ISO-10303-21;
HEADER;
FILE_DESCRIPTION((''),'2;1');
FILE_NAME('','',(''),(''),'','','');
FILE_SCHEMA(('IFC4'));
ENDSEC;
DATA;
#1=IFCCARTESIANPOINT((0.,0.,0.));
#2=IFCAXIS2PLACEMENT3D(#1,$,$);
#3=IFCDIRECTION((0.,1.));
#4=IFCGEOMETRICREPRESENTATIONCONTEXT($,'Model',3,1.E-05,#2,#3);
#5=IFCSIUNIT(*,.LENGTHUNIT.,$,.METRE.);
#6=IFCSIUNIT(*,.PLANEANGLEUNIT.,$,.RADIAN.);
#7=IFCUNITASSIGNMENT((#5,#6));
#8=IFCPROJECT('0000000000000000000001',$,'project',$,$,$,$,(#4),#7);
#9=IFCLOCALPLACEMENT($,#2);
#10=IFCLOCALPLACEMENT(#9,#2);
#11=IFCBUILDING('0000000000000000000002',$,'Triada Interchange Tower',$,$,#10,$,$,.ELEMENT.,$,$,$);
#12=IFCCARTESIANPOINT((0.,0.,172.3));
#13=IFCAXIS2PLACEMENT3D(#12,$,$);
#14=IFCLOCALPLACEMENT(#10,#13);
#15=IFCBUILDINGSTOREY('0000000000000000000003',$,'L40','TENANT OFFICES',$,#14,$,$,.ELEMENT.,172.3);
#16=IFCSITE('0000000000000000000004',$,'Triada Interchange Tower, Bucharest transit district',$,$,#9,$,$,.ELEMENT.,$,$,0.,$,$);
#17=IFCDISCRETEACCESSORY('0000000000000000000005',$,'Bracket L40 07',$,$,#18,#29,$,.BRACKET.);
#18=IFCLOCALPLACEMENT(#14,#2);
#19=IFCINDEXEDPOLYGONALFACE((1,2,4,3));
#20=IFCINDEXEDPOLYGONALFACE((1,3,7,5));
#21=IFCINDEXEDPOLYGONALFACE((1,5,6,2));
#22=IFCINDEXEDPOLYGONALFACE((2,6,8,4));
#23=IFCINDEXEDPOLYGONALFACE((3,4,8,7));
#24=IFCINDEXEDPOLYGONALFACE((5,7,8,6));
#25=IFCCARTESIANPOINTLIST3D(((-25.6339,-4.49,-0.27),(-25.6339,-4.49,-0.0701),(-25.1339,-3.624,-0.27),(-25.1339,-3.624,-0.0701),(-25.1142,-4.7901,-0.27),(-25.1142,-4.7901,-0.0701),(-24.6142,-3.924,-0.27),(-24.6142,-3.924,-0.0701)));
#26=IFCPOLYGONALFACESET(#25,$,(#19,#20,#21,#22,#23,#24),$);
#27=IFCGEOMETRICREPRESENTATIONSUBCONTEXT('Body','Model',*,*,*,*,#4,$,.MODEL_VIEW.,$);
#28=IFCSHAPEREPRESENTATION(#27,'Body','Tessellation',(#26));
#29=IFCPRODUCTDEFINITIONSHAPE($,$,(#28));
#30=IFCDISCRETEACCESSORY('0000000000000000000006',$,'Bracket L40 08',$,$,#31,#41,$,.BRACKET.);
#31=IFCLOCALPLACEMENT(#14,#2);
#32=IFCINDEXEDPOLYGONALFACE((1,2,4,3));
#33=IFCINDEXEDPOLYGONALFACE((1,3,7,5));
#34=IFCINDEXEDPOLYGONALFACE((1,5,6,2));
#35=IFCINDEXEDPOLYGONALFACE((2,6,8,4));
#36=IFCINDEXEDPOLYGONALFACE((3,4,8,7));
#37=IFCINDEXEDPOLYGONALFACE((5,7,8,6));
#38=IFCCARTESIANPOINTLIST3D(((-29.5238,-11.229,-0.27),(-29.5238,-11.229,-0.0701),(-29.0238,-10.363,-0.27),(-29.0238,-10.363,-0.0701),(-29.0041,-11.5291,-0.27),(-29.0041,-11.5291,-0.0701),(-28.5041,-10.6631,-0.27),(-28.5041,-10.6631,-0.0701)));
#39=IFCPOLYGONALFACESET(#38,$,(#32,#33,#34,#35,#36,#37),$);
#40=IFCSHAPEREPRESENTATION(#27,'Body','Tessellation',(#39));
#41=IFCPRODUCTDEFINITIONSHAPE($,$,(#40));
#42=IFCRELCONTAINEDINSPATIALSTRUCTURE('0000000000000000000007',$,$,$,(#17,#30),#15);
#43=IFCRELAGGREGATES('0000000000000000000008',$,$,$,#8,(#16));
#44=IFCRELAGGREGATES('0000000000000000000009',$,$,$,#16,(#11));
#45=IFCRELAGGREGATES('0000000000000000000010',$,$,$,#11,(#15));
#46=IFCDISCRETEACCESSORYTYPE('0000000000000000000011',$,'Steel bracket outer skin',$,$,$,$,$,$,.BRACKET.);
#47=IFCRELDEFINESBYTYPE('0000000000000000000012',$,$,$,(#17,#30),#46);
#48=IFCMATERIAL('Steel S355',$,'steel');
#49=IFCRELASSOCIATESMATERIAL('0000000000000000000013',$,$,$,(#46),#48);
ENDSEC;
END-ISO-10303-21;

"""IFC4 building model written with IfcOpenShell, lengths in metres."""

from ifc_helpers import new_model, si_unit, direction, frame, origin, origin_2d, place, context, subcontext, project, spatial, rectangle, extrude, material, type_object, element, save


model = new_model("IFC4")

# Units and contexts
model_context = context("Model", 3, precision=1e-05, world=origin(), true_north=direction((0.0, 1.0)))
body_context = subcontext(model_context, "Body", "Model", "MODEL_VIEW")
ifc_project = project(units=[si_unit("LENGTHUNIT", "METRE"), si_unit("PLANEANGLEUNIT", "RADIAN")], contexts=[model_context])

# Site, building, storey
site_placement = place(None, origin())
site = spatial("IfcSite", under=ifc_project, at=site_placement, Name="Triada Interchange Tower, Bucharest transit district", CompositionType="ELEMENT", RefElevation=0.0)
building_placement = place(site_placement, origin())
building = spatial("IfcBuilding", under=site, at=building_placement, Name="Triada Interchange Tower", CompositionType="ELEMENT")
storey_placement = place(building_placement, frame((0.0, 0.0, 172.3)))
storey = spatial("IfcBuildingStorey", under=building, at=storey_placement, Name="L40", Description="TENANT OFFICES", CompositionType="ELEMENT", Elevation=172.3)

# Discrete accessories
ifc_material_1 = material(Name="Steel S355", Category="steel")
discrete_accessory_type = type_object("IfcDiscreteAccessoryType", Name="Steel bracket outer skin", PredefinedType="BRACKET", material=ifc_material_1)
for number, where, z_axis, x_axis, name in (
    (1, (-25.124, -4.207, -0.27), (0.0, 0.0, 1.0), (-0.866023, 0.500005, 0.0), "Bracket L40 07"),
    (2, (-29.0139, -10.946, -0.27), (0.0, 0.0, 1.0), (-0.866023, 0.500005, 0.0), "Bracket L40 08"),
):
    element("IfcDiscreteAccessory", number, at=place(storey_placement, frame(where, z_axis=z_axis, x_axis=x_axis)), inside=storey, type_object=discrete_accessory_type, Name=name, PredefinedType="BRACKET", context=body_context, shape_type="SweptSolid", body=[
        extrude(rectangle(XDim=0.6001, YDim=1.0, at=origin_2d()), origin(), (0.0, 0.0, 1.0), 0.2),
    ])

save(model, "model.ifc")
